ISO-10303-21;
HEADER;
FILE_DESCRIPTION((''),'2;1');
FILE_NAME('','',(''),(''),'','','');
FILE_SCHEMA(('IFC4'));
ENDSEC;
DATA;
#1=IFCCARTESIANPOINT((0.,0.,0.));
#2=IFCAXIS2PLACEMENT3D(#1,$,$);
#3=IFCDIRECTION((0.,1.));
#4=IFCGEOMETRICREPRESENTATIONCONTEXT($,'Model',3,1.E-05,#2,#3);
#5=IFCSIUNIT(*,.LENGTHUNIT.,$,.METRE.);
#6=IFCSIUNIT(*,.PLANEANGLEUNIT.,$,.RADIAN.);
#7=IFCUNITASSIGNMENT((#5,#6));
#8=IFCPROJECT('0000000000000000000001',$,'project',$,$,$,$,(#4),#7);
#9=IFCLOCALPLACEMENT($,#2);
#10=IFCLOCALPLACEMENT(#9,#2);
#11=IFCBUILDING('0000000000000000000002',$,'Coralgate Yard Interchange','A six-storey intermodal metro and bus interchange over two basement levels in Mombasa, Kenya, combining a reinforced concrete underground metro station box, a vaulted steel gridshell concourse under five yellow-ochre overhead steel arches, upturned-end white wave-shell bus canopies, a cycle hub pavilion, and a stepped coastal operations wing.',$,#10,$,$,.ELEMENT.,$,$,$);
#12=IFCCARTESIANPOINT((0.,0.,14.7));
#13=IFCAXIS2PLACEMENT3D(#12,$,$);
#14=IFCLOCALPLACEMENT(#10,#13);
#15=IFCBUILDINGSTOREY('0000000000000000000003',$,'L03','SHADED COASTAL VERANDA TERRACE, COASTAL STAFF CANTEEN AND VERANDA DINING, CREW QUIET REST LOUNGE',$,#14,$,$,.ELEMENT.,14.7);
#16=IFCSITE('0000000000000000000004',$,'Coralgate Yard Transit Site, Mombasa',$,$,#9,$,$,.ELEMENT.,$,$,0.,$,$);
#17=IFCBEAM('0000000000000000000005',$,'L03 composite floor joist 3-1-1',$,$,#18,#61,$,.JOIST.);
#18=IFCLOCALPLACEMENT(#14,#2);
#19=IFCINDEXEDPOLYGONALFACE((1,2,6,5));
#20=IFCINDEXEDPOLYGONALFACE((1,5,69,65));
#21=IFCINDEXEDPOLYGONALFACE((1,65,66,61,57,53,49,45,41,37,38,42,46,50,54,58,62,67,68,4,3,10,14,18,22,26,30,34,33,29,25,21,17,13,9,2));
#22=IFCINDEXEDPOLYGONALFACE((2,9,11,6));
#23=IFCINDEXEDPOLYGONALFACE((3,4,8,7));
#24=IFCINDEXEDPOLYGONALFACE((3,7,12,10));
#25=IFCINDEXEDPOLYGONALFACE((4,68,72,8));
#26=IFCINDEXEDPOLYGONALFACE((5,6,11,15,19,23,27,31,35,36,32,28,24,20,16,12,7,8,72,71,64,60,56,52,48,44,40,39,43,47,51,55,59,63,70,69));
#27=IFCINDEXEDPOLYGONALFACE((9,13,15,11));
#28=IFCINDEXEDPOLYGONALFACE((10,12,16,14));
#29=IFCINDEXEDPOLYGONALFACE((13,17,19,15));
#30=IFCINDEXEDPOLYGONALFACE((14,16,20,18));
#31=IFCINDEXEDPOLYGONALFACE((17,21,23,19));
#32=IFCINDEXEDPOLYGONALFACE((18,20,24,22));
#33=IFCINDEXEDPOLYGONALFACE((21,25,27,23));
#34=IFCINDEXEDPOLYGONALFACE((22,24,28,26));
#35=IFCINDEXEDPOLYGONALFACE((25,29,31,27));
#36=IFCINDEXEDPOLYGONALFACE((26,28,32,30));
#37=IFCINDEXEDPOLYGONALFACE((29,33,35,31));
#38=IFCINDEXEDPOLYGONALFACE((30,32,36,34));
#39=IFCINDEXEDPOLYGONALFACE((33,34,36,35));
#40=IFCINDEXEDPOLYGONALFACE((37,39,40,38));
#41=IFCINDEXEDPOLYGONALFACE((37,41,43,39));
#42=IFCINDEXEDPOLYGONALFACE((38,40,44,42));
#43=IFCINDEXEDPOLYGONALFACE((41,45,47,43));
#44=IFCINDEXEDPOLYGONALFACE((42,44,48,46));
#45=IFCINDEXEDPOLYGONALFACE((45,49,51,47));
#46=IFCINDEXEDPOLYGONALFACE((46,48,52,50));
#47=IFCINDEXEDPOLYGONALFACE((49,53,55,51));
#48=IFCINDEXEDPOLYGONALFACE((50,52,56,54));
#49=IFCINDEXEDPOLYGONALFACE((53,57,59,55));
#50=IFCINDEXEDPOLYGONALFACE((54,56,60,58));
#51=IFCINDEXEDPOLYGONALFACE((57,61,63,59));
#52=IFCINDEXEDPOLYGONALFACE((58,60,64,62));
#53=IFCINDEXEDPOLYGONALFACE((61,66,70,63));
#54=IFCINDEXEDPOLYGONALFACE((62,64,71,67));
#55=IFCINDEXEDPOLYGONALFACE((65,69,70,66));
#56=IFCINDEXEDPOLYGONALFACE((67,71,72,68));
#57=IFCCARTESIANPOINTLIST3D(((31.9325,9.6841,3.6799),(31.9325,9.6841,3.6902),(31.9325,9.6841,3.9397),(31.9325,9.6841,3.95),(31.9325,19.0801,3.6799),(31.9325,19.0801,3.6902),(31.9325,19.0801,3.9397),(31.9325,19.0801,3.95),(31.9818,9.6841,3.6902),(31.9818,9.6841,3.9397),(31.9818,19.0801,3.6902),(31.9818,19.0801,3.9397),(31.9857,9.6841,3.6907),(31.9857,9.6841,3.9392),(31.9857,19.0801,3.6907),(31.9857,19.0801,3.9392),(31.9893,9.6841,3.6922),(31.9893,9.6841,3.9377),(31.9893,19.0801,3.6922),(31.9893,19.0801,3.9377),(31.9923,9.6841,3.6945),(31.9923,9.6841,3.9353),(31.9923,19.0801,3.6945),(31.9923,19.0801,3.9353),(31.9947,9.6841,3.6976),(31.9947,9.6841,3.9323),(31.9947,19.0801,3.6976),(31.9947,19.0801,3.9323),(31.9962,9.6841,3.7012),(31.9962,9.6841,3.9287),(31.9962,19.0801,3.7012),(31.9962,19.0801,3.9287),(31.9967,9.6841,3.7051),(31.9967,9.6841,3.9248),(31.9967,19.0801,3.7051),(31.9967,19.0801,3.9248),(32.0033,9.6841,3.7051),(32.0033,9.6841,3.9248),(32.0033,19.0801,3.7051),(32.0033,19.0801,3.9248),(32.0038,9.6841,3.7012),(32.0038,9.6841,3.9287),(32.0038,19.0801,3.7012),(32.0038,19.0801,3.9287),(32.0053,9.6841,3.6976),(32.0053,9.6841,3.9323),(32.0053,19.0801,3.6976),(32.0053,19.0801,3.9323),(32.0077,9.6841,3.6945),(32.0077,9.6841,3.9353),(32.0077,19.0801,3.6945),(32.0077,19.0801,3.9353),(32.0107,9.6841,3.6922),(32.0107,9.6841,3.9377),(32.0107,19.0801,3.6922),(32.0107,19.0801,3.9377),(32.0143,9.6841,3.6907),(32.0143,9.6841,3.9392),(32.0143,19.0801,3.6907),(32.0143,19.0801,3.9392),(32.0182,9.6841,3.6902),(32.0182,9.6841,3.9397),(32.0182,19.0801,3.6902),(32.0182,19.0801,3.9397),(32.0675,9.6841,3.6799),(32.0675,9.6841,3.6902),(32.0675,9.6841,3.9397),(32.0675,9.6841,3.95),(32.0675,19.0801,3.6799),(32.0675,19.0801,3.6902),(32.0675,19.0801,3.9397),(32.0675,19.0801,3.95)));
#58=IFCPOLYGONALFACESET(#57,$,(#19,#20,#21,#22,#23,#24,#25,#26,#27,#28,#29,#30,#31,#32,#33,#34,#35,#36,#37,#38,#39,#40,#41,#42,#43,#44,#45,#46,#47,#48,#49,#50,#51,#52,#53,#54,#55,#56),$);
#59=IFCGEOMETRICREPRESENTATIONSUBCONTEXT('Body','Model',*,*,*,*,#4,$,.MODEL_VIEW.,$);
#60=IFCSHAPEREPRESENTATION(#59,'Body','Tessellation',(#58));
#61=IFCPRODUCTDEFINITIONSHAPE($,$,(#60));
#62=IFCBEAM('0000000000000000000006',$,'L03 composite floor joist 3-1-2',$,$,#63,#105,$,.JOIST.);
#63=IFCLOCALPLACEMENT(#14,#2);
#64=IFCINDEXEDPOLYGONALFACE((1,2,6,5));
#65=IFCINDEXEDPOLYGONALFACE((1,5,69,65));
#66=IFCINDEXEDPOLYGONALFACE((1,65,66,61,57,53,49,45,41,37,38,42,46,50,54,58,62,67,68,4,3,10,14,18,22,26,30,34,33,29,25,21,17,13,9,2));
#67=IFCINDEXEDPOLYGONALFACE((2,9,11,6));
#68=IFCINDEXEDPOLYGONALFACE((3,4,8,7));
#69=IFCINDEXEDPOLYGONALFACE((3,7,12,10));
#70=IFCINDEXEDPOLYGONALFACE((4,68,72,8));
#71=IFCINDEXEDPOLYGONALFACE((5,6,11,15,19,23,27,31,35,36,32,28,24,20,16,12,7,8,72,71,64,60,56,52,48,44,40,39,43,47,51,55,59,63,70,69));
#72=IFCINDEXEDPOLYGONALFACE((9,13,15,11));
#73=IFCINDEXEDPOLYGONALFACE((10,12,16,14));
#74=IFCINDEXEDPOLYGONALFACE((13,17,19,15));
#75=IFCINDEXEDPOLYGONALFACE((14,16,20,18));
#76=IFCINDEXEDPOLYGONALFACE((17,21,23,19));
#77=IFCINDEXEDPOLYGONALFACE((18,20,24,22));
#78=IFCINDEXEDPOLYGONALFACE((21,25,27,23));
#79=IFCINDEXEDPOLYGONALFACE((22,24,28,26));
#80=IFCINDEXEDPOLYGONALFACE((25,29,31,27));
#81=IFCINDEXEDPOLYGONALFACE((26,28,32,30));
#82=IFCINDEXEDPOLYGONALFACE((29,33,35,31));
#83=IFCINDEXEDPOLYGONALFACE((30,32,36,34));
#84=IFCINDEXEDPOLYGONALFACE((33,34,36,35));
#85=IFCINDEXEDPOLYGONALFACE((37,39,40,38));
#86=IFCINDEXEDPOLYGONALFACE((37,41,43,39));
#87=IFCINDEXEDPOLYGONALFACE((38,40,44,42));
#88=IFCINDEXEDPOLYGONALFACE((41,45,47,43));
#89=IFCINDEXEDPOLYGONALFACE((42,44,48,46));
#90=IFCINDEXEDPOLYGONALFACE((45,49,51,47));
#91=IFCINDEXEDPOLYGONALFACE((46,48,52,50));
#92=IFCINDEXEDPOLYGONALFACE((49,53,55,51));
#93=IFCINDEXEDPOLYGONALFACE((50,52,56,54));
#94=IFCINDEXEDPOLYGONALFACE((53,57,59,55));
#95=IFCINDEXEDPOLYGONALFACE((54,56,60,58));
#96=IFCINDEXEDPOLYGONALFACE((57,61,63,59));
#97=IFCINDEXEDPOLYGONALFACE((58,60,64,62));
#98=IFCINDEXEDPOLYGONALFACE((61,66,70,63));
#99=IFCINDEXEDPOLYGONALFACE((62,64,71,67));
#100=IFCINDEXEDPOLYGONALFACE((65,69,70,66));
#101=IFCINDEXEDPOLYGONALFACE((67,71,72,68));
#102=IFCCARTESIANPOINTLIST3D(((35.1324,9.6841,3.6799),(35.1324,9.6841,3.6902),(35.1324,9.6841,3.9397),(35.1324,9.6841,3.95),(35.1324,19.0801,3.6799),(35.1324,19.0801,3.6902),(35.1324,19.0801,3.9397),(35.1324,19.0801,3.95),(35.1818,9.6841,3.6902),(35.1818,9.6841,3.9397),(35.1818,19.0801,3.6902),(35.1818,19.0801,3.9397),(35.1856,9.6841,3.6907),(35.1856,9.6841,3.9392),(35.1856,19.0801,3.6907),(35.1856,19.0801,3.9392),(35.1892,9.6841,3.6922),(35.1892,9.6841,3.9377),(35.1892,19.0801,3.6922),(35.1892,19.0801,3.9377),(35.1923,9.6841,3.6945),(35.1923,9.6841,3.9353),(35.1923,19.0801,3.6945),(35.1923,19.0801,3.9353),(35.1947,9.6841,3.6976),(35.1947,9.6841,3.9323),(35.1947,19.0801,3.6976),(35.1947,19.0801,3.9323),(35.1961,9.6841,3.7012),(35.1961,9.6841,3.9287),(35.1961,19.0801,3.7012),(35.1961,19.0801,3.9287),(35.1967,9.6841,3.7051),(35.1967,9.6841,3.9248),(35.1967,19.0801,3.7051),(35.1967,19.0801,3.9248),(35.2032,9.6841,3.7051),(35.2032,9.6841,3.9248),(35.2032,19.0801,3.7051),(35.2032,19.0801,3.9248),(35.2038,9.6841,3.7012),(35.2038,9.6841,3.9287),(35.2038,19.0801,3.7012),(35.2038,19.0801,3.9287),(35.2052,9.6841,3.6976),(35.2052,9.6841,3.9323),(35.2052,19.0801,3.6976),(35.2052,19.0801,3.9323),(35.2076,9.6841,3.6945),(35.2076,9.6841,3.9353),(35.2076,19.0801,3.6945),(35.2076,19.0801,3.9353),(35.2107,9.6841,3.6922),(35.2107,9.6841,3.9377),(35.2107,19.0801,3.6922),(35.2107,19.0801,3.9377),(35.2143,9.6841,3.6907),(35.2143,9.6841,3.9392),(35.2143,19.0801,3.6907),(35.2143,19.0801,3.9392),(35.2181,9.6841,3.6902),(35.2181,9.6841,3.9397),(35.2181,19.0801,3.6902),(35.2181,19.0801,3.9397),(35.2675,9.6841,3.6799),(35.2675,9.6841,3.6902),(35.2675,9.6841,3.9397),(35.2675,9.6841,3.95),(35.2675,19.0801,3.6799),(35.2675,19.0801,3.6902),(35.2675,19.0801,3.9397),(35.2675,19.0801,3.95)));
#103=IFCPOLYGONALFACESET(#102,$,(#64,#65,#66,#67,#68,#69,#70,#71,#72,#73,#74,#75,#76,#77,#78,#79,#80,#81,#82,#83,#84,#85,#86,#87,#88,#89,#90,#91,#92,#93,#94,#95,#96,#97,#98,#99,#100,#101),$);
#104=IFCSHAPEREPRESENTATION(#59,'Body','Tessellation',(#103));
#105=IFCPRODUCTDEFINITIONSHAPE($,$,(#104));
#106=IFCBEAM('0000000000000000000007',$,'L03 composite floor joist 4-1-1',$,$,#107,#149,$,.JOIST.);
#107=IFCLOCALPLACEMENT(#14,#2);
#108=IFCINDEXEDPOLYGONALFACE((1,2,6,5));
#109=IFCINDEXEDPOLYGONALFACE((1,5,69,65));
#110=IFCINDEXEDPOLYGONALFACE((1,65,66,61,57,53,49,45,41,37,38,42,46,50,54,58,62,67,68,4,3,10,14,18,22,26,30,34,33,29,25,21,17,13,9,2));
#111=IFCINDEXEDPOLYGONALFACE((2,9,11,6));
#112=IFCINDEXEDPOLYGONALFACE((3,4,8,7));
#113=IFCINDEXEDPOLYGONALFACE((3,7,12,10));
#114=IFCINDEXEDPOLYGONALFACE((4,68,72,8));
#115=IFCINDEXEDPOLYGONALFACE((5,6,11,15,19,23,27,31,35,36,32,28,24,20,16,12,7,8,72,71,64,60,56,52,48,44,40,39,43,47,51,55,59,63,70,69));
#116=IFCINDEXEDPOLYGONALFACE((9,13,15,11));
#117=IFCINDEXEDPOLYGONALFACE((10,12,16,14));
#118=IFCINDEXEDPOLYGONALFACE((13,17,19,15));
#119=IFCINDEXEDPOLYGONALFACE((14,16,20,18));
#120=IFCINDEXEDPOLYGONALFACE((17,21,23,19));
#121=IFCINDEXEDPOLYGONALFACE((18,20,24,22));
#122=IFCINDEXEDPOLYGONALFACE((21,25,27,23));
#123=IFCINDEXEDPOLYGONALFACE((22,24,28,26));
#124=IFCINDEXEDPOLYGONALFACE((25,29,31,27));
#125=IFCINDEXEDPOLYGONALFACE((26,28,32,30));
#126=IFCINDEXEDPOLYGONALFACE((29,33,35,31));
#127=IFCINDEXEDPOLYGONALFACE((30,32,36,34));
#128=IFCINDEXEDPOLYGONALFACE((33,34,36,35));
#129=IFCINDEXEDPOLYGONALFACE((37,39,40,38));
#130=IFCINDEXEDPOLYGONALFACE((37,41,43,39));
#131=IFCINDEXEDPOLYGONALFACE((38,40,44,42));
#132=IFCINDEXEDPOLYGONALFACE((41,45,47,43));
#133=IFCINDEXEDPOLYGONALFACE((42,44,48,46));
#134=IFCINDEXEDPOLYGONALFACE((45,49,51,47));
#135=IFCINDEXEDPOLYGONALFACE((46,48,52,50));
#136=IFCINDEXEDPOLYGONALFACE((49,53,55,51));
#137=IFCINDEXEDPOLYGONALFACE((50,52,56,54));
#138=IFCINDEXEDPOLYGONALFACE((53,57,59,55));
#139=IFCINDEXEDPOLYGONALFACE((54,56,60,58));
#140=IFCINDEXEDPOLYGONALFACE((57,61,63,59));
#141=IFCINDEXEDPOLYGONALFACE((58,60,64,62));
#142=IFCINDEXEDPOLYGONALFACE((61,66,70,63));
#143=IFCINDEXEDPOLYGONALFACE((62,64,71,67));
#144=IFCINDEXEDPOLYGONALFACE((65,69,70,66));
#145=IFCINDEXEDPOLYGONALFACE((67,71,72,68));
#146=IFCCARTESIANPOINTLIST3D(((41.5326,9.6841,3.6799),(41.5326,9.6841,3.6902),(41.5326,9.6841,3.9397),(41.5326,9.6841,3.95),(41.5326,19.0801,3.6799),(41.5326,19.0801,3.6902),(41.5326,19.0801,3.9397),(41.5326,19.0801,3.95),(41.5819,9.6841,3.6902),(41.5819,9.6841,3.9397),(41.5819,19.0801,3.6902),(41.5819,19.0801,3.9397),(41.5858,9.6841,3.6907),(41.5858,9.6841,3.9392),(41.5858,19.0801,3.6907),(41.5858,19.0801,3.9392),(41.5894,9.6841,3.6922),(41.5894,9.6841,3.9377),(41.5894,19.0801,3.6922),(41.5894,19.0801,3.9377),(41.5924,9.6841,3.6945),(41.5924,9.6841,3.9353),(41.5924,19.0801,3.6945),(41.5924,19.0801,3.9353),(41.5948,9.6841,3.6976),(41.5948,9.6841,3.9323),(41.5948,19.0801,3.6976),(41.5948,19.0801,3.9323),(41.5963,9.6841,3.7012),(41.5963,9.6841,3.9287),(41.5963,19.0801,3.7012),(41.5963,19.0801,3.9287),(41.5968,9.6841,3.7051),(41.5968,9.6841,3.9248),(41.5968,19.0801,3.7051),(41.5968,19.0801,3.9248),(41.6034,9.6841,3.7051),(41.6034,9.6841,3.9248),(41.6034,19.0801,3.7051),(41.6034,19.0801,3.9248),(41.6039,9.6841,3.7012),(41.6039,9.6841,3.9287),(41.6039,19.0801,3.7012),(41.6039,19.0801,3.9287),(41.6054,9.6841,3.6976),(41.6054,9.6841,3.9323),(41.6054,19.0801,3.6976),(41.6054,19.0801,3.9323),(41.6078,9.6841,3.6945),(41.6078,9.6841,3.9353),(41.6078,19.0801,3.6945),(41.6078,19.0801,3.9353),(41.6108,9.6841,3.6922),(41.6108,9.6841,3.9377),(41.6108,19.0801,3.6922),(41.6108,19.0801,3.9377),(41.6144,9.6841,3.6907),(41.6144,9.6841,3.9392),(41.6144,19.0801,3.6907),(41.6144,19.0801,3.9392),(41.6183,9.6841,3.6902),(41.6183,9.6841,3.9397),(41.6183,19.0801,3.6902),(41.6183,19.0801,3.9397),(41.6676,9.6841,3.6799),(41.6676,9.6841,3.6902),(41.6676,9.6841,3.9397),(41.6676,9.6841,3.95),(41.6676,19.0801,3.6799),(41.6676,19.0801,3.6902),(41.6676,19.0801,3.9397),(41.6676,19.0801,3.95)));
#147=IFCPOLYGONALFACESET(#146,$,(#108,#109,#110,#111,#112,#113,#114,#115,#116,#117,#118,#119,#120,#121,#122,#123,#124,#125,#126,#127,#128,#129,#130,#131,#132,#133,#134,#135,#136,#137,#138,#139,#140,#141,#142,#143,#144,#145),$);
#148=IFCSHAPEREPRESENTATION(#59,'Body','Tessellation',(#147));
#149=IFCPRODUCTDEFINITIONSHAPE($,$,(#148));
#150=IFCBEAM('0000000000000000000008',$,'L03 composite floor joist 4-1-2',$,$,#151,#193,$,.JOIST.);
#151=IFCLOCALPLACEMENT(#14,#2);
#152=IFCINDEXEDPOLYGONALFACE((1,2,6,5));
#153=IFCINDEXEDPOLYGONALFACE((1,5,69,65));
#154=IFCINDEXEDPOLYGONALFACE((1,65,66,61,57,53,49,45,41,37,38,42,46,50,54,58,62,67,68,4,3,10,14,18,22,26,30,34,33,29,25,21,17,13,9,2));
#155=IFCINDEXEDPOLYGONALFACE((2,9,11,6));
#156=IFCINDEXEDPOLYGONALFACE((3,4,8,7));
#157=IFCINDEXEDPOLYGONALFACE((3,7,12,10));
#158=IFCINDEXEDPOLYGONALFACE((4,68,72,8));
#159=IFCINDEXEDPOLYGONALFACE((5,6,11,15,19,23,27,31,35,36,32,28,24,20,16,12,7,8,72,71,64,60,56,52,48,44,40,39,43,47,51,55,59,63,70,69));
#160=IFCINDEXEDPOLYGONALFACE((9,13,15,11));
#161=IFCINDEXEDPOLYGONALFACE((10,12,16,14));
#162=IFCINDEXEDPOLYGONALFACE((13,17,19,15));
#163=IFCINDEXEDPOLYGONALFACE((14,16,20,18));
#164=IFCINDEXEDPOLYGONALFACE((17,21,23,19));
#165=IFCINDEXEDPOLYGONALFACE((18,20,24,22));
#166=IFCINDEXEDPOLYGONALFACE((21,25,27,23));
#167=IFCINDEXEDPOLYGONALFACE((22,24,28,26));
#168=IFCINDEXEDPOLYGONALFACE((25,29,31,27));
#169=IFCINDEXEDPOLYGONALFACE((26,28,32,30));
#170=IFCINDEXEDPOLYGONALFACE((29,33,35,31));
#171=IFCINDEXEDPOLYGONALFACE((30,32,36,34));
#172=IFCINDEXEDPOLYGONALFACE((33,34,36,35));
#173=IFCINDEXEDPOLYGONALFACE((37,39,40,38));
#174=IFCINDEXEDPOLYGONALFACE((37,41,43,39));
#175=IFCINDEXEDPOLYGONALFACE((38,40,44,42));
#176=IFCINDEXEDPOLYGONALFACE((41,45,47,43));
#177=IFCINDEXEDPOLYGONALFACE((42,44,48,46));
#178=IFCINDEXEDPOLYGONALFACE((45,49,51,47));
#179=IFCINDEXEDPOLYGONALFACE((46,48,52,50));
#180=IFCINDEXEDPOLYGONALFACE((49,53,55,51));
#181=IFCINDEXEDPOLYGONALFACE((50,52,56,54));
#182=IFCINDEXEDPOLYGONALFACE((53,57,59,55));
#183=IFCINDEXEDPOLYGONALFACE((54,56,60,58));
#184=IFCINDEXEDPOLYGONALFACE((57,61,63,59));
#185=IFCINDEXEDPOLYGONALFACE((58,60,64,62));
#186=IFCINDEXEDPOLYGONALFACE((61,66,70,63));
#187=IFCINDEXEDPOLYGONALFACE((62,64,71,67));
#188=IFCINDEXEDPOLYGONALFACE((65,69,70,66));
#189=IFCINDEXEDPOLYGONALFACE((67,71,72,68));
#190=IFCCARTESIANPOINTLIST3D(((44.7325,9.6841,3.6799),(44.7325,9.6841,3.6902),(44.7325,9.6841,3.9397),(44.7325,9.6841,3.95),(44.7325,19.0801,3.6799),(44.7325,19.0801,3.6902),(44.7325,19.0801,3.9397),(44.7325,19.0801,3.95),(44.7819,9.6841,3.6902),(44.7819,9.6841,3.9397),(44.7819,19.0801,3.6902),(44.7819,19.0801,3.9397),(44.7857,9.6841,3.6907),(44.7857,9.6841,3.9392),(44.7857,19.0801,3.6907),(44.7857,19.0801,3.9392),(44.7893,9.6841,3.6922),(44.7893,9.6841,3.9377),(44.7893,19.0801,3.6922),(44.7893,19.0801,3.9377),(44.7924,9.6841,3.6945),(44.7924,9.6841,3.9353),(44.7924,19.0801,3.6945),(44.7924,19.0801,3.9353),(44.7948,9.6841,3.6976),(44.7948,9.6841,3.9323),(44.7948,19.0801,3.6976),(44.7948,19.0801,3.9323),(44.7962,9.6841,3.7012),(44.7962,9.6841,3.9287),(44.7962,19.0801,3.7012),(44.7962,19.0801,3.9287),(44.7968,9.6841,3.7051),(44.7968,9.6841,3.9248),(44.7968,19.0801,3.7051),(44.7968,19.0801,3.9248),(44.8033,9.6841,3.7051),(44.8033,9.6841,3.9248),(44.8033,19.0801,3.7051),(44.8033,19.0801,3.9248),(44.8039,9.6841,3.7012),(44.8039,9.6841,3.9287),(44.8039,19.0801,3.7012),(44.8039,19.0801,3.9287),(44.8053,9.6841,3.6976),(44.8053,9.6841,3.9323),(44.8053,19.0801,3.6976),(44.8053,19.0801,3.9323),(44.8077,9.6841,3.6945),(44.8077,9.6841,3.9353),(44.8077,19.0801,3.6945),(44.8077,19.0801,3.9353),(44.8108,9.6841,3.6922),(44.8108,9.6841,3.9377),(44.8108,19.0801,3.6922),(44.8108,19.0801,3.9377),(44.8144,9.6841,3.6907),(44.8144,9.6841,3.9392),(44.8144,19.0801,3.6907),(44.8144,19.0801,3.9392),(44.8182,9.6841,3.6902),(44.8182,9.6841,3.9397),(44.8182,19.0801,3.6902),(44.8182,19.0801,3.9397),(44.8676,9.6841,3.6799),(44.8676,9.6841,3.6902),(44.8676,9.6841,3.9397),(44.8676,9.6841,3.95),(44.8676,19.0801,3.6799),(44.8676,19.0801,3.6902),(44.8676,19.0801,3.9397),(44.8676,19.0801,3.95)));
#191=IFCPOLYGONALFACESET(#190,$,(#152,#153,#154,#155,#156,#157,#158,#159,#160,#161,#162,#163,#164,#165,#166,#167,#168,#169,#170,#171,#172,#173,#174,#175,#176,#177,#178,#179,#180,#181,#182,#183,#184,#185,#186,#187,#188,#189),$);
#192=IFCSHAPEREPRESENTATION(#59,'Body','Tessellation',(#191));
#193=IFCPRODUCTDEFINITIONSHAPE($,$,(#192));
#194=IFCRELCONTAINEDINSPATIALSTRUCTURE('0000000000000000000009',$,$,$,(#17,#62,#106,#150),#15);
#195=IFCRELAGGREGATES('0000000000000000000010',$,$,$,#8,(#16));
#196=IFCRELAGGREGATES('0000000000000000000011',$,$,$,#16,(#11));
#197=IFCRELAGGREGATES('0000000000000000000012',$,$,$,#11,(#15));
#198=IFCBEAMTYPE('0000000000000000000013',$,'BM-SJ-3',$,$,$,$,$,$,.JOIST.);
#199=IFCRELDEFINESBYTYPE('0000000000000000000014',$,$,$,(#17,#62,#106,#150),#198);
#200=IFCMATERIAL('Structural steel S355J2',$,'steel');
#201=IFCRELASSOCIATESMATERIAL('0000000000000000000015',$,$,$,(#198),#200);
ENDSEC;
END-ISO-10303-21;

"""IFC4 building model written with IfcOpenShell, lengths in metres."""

from ifc_helpers import new_model, si_unit, direction, frame, origin, origin_2d, place, context, subcontext, project, spatial, i_section, extrude, material, material_profile, profile_set, type_object, element, save


model = new_model("IFC4")

# Units and contexts
model_context = context("Model", 3, precision=1e-05, world=origin(), true_north=direction((0.0, 1.0)))
body_context = subcontext(model_context, "Body", "Model", "MODEL_VIEW")
ifc_project = project(units=[si_unit("LENGTHUNIT", "METRE"), si_unit("PLANEANGLEUNIT", "RADIAN")], contexts=[model_context])

# Site, building, storey
site_placement = place(None, origin())
site = spatial("IfcSite", under=ifc_project, at=site_placement, Name="Coralgate Yard Transit Site, Mombasa", CompositionType="ELEMENT", RefElevation=0.0)
building_placement = place(site_placement, origin())
building = spatial("IfcBuilding", under=site, at=building_placement, Name="Coralgate Yard Interchange", Description="A six-storey intermodal metro and bus interchange over two basement levels in Mombasa, Kenya, combining a reinforced concrete underground metro station box, a vaulted steel gridshell concourse under five yellow-ochre overhead steel arches, upturned-end white wave-shell bus canopies, a cycle hub pavilion, and a stepped coastal operations wing.", CompositionType="ELEMENT")
storey_placement = place(building_placement, frame((0.0, 0.0, 14.7)))
storey = spatial("IfcBuildingStorey", under=building, at=storey_placement, Name="L03", Description="SHADED COASTAL VERANDA TERRACE, COASTAL STAFF CANTEEN AND VERANDA DINING, CREW QUIET REST LOUNGE", CompositionType="ELEMENT", Elevation=14.7)

# Shared definitions
ifc_material_1 = material(Name="Structural steel S355J2", Category="steel")

# Beams
ifc_material_profile_1 = material_profile(ifc_material_1, i_section(OverallWidth=0.135, OverallDepth=0.27, WebThickness=0.0066, FlangeThickness=0.0103, FilletRadius=0.0149, at=origin_2d()), Name="IPE 270")
ifc_profile_set_1 = profile_set([ifc_material_profile_1], Name="Structural steel S355J2")
beam_type_1 = type_object("IfcBeamType", Name="BM-SJ-3", PredefinedType="JOIST", material=ifc_profile_set_1)
for number, where, z_axis, x_axis, name in (
    (1, (32.0, 9.6841, 3.8149), (0.0, 1.0, 0.0), (-1.0, 0.0, 0.0), "L03 composite floor joist 3-1-1"),
    (2, (35.2, 9.6841, 3.8149), (0.0, 1.0, 0.0), (-1.0, 0.0, 0.0), "L03 composite floor joist 3-1-2"),
    (3, (41.6001, 9.6841, 3.8149), (0.0, 1.0, 0.0), (-1.0, 0.0, 0.0), "L03 composite floor joist 4-1-1"),
    (4, (44.8, 9.6841, 3.8149), (0.0, 1.0, 0.0), (-1.0, 0.0, 0.0), "L03 composite floor joist 4-1-2"),
):
    element("IfcBeam", number, at=place(storey_placement, frame(where, z_axis=z_axis, x_axis=x_axis)), inside=storey, type_object=beam_type_1, Name=name, PredefinedType="JOIST", context=body_context, shape_type="SweptSolid", body=[
        extrude(i_section(OverallWidth=0.135, OverallDepth=0.27, WebThickness=0.0066, FlangeThickness=0.0103, FilletRadius=0.0149, at=origin_2d()), origin(), (0.0, 0.0, 1.0), 9.396),
    ])

save(model, "model.ifc")
